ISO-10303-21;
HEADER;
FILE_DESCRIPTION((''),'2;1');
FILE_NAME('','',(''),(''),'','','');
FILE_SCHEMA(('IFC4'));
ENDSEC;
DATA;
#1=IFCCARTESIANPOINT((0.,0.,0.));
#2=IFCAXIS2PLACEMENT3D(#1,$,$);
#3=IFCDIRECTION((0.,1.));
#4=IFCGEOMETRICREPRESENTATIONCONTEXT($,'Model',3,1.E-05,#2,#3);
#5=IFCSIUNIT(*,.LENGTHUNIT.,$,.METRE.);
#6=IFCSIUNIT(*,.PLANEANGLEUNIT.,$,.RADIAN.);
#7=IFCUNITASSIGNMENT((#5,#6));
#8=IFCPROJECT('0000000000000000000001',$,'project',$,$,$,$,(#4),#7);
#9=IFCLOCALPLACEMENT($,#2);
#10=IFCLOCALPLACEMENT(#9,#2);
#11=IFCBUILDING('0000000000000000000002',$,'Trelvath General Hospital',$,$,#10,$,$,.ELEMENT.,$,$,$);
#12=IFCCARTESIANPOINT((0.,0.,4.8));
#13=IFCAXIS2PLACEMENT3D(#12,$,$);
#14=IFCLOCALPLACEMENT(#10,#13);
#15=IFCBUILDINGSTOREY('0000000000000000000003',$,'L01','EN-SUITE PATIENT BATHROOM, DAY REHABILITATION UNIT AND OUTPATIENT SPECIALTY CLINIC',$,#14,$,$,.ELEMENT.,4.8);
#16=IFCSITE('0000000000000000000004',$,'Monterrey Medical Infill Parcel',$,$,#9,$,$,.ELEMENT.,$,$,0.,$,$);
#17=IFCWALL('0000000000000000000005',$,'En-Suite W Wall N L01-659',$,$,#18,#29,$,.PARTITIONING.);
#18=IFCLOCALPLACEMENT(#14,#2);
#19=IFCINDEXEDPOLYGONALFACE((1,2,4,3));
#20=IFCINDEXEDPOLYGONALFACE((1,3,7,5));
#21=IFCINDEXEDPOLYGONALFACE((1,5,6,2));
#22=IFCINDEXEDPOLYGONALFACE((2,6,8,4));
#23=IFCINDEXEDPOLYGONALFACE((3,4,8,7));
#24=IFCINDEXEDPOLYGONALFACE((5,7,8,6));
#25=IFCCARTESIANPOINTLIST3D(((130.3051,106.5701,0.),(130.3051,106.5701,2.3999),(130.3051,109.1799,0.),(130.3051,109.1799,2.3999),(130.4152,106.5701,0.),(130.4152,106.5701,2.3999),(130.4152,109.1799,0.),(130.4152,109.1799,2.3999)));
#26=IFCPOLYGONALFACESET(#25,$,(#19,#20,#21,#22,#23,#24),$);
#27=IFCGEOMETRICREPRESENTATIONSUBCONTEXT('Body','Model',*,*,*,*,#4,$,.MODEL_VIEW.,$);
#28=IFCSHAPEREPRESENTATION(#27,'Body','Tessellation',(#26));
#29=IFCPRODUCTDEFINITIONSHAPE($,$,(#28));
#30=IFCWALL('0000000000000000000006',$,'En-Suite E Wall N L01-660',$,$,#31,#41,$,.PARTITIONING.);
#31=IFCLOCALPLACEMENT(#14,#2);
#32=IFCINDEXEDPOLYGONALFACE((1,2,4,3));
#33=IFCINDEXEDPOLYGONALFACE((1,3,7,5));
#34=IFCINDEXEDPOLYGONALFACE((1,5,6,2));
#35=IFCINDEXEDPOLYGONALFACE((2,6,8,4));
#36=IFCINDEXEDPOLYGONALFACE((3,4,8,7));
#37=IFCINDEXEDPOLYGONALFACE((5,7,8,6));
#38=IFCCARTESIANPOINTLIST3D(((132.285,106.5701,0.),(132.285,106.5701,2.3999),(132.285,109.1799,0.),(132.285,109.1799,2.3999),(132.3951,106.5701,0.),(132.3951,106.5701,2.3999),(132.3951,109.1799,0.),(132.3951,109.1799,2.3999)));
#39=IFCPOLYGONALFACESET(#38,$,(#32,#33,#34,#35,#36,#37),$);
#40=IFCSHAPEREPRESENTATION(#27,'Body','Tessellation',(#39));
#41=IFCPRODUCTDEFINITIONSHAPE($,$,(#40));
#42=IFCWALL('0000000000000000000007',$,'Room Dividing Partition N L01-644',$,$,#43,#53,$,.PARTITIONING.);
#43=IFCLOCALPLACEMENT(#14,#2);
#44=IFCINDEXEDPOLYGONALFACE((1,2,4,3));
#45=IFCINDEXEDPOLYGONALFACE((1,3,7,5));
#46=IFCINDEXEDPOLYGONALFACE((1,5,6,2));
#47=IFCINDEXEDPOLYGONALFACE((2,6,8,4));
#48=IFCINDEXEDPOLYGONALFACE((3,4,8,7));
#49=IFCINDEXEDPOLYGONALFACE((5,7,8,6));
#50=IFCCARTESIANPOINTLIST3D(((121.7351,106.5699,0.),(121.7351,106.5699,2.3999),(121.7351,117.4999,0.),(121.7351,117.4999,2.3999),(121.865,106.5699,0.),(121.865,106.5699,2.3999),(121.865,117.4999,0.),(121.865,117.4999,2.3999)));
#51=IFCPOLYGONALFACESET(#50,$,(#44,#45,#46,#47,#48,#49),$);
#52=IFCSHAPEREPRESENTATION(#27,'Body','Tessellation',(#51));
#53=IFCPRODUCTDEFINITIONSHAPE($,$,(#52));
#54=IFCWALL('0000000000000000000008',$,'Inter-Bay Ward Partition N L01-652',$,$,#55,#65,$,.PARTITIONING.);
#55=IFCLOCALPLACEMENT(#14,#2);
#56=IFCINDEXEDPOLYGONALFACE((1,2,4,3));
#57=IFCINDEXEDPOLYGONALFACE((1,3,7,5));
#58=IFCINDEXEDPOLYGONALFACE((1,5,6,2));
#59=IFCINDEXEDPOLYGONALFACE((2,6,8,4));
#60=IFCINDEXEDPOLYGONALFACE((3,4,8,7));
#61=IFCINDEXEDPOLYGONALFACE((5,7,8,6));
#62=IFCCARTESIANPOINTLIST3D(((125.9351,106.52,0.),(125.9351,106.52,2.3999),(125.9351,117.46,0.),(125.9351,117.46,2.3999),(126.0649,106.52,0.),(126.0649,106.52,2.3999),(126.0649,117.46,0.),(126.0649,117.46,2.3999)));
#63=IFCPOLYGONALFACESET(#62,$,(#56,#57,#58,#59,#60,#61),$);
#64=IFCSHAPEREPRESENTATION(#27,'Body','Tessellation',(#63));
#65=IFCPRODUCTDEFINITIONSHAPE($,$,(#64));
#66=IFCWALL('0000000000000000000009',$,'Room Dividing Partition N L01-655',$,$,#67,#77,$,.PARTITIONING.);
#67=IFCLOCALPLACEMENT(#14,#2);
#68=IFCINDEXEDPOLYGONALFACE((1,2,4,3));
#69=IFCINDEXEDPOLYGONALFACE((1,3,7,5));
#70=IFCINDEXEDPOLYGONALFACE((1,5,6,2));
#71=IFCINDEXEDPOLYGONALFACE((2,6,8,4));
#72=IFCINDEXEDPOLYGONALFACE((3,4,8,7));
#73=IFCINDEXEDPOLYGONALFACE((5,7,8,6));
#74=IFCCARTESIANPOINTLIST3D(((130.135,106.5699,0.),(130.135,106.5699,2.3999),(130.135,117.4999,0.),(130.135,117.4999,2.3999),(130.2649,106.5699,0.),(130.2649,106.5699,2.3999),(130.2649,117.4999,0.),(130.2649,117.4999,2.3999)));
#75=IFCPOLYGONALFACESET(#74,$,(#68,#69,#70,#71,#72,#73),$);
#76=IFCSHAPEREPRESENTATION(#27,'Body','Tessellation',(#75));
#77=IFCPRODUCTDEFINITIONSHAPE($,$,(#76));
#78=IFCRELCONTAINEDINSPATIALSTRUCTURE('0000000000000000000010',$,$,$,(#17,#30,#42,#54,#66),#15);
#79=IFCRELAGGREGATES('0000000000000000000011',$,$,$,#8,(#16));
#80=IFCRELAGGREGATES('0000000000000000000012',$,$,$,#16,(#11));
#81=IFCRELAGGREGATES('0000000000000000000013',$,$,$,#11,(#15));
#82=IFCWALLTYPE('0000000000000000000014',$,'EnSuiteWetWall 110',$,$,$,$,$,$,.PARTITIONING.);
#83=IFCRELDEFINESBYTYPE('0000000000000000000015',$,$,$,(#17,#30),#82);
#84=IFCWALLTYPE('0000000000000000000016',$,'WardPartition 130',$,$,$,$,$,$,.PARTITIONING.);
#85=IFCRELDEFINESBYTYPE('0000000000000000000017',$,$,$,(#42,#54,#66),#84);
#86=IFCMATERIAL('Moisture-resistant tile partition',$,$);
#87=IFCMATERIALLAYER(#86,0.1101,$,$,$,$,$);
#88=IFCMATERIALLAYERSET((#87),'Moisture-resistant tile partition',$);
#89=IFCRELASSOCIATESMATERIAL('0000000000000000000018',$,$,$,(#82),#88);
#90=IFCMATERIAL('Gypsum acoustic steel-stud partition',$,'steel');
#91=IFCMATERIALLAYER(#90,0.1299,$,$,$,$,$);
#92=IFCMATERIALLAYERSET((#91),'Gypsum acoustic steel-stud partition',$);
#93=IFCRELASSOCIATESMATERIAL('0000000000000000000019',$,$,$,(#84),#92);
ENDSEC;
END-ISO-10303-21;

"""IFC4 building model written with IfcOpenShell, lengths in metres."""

from ifc_helpers import new_model, si_unit, direction, frame, frame_2d, origin, place, context, subcontext, project, spatial, rectangle, extrude, material, layer, layer_set, type_object, element, save


model = new_model("IFC4")

# Units and contexts
model_context = context("Model", 3, precision=1e-05, world=origin(), true_north=direction((0.0, 1.0)))
body_context = subcontext(model_context, "Body", "Model", "MODEL_VIEW")
ifc_project = project(units=[si_unit("LENGTHUNIT", "METRE"), si_unit("PLANEANGLEUNIT", "RADIAN")], contexts=[model_context])

# Site, building, storey
site_placement = place(None, origin())
site = spatial("IfcSite", under=ifc_project, at=site_placement, Name="Monterrey Medical Infill Parcel", CompositionType="ELEMENT", RefElevation=0.0)
building_placement = place(site_placement, origin())
building = spatial("IfcBuilding", under=site, at=building_placement, Name="Trelvath General Hospital", CompositionType="ELEMENT")
storey_placement = place(building_placement, frame((0.0, 0.0, 4.8)))
storey = spatial("IfcBuildingStorey", under=building, at=storey_placement, Name="L01", Description="EN-SUITE PATIENT BATHROOM, DAY REHABILITATION UNIT AND OUTPATIENT SPECIALTY CLINIC", CompositionType="ELEMENT", Elevation=4.8)

# Shared definitions
ifc_material_1 = material(Name="Moisture-resistant tile partition")
ifc_layer_1 = layer(ifc_material_1, 0.1101)
ifc_layer_set_1 = layer_set([ifc_layer_1], Name="Moisture-resistant tile partition")
wall_type_1 = type_object("IfcWallType", Name="EnSuiteWetWall 110", PredefinedType="PARTITIONING", material=ifc_layer_set_1)

# Walls
for number, where, z_axis, x_axis, name in (
    (1, (130.3601, 106.5701, 0.0), (0.0, 0.0, 1.0), (0.0, 1.0, 0.0), "En-Suite W Wall N L01-659"),
    (2, (132.3401, 106.5701, 0.0), (0.0, 0.0, 1.0), (0.0, 1.0, 0.0), "En-Suite E Wall N L01-660"),
):
    element("IfcWall", number, at=place(storey_placement, frame(where, z_axis=z_axis, x_axis=x_axis)), inside=storey, type_object=wall_type_1, Name=name, PredefinedType="PARTITIONING", context=body_context, shape_type="SweptSolid", body=[
        extrude(rectangle(XDim=2.6099, YDim=0.1101, at=frame_2d((1.3049, 0.0))), origin(), (0.0, 0.0, 1.0), 2.3999),
    ])
ifc_material_2 = material(Name="Gypsum acoustic steel-stud partition", Category="steel")
ifc_layer_2 = layer(ifc_material_2, 0.1299)
ifc_layer_set_2 = layer_set([ifc_layer_2], Name="Gypsum acoustic steel-stud partition")
wall_type_2 = type_object("IfcWallType", Name="WardPartition 130", PredefinedType="PARTITIONING", material=ifc_layer_set_2)
wall_1_placement = place(storey_placement, frame((121.8, 106.5701, 0.0), z_axis=(0.0, 0.0, 1.0), x_axis=(0.0, 1.0, 0.0)))
element("IfcWall", 3, at=wall_1_placement, inside=storey, type_object=wall_type_2, Name="Room Dividing Partition N L01-644", PredefinedType="PARTITIONING", context=body_context, shape_type="SweptSolid", body=[
    extrude(rectangle(XDim=10.9299, YDim=0.1299, at=frame_2d((5.4648, 0.0))), origin(), (0.0, 0.0, 1.0), 2.3999),
])
wall_2_placement = place(storey_placement, frame((126.0, 106.52, 0.0), z_axis=(0.0, 0.0, 1.0), x_axis=(0.0, 1.0, 0.0)))
element("IfcWall", 4, at=wall_2_placement, inside=storey, type_object=wall_type_2, Name="Inter-Bay Ward Partition N L01-652", PredefinedType="PARTITIONING", context=body_context, shape_type="SweptSolid", body=[
    extrude(rectangle(XDim=10.9399, YDim=0.1299, at=frame_2d((5.47, 0.0))), origin(), (0.0, 0.0, 1.0), 2.3999),
])
wall_3_placement = place(storey_placement, frame((130.2, 106.5701, 0.0), z_axis=(0.0, 0.0, 1.0), x_axis=(0.0, 1.0, 0.0)))
element("IfcWall", 5, at=wall_3_placement, inside=storey, type_object=wall_type_2, Name="Room Dividing Partition N L01-655", PredefinedType="PARTITIONING", context=body_context, shape_type="SweptSolid", body=[
    extrude(rectangle(XDim=10.9299, YDim=0.1299, at=frame_2d((5.4648, 0.0))), origin(), (0.0, 0.0, 1.0), 2.3999),
])

save(model, "model.ifc")
